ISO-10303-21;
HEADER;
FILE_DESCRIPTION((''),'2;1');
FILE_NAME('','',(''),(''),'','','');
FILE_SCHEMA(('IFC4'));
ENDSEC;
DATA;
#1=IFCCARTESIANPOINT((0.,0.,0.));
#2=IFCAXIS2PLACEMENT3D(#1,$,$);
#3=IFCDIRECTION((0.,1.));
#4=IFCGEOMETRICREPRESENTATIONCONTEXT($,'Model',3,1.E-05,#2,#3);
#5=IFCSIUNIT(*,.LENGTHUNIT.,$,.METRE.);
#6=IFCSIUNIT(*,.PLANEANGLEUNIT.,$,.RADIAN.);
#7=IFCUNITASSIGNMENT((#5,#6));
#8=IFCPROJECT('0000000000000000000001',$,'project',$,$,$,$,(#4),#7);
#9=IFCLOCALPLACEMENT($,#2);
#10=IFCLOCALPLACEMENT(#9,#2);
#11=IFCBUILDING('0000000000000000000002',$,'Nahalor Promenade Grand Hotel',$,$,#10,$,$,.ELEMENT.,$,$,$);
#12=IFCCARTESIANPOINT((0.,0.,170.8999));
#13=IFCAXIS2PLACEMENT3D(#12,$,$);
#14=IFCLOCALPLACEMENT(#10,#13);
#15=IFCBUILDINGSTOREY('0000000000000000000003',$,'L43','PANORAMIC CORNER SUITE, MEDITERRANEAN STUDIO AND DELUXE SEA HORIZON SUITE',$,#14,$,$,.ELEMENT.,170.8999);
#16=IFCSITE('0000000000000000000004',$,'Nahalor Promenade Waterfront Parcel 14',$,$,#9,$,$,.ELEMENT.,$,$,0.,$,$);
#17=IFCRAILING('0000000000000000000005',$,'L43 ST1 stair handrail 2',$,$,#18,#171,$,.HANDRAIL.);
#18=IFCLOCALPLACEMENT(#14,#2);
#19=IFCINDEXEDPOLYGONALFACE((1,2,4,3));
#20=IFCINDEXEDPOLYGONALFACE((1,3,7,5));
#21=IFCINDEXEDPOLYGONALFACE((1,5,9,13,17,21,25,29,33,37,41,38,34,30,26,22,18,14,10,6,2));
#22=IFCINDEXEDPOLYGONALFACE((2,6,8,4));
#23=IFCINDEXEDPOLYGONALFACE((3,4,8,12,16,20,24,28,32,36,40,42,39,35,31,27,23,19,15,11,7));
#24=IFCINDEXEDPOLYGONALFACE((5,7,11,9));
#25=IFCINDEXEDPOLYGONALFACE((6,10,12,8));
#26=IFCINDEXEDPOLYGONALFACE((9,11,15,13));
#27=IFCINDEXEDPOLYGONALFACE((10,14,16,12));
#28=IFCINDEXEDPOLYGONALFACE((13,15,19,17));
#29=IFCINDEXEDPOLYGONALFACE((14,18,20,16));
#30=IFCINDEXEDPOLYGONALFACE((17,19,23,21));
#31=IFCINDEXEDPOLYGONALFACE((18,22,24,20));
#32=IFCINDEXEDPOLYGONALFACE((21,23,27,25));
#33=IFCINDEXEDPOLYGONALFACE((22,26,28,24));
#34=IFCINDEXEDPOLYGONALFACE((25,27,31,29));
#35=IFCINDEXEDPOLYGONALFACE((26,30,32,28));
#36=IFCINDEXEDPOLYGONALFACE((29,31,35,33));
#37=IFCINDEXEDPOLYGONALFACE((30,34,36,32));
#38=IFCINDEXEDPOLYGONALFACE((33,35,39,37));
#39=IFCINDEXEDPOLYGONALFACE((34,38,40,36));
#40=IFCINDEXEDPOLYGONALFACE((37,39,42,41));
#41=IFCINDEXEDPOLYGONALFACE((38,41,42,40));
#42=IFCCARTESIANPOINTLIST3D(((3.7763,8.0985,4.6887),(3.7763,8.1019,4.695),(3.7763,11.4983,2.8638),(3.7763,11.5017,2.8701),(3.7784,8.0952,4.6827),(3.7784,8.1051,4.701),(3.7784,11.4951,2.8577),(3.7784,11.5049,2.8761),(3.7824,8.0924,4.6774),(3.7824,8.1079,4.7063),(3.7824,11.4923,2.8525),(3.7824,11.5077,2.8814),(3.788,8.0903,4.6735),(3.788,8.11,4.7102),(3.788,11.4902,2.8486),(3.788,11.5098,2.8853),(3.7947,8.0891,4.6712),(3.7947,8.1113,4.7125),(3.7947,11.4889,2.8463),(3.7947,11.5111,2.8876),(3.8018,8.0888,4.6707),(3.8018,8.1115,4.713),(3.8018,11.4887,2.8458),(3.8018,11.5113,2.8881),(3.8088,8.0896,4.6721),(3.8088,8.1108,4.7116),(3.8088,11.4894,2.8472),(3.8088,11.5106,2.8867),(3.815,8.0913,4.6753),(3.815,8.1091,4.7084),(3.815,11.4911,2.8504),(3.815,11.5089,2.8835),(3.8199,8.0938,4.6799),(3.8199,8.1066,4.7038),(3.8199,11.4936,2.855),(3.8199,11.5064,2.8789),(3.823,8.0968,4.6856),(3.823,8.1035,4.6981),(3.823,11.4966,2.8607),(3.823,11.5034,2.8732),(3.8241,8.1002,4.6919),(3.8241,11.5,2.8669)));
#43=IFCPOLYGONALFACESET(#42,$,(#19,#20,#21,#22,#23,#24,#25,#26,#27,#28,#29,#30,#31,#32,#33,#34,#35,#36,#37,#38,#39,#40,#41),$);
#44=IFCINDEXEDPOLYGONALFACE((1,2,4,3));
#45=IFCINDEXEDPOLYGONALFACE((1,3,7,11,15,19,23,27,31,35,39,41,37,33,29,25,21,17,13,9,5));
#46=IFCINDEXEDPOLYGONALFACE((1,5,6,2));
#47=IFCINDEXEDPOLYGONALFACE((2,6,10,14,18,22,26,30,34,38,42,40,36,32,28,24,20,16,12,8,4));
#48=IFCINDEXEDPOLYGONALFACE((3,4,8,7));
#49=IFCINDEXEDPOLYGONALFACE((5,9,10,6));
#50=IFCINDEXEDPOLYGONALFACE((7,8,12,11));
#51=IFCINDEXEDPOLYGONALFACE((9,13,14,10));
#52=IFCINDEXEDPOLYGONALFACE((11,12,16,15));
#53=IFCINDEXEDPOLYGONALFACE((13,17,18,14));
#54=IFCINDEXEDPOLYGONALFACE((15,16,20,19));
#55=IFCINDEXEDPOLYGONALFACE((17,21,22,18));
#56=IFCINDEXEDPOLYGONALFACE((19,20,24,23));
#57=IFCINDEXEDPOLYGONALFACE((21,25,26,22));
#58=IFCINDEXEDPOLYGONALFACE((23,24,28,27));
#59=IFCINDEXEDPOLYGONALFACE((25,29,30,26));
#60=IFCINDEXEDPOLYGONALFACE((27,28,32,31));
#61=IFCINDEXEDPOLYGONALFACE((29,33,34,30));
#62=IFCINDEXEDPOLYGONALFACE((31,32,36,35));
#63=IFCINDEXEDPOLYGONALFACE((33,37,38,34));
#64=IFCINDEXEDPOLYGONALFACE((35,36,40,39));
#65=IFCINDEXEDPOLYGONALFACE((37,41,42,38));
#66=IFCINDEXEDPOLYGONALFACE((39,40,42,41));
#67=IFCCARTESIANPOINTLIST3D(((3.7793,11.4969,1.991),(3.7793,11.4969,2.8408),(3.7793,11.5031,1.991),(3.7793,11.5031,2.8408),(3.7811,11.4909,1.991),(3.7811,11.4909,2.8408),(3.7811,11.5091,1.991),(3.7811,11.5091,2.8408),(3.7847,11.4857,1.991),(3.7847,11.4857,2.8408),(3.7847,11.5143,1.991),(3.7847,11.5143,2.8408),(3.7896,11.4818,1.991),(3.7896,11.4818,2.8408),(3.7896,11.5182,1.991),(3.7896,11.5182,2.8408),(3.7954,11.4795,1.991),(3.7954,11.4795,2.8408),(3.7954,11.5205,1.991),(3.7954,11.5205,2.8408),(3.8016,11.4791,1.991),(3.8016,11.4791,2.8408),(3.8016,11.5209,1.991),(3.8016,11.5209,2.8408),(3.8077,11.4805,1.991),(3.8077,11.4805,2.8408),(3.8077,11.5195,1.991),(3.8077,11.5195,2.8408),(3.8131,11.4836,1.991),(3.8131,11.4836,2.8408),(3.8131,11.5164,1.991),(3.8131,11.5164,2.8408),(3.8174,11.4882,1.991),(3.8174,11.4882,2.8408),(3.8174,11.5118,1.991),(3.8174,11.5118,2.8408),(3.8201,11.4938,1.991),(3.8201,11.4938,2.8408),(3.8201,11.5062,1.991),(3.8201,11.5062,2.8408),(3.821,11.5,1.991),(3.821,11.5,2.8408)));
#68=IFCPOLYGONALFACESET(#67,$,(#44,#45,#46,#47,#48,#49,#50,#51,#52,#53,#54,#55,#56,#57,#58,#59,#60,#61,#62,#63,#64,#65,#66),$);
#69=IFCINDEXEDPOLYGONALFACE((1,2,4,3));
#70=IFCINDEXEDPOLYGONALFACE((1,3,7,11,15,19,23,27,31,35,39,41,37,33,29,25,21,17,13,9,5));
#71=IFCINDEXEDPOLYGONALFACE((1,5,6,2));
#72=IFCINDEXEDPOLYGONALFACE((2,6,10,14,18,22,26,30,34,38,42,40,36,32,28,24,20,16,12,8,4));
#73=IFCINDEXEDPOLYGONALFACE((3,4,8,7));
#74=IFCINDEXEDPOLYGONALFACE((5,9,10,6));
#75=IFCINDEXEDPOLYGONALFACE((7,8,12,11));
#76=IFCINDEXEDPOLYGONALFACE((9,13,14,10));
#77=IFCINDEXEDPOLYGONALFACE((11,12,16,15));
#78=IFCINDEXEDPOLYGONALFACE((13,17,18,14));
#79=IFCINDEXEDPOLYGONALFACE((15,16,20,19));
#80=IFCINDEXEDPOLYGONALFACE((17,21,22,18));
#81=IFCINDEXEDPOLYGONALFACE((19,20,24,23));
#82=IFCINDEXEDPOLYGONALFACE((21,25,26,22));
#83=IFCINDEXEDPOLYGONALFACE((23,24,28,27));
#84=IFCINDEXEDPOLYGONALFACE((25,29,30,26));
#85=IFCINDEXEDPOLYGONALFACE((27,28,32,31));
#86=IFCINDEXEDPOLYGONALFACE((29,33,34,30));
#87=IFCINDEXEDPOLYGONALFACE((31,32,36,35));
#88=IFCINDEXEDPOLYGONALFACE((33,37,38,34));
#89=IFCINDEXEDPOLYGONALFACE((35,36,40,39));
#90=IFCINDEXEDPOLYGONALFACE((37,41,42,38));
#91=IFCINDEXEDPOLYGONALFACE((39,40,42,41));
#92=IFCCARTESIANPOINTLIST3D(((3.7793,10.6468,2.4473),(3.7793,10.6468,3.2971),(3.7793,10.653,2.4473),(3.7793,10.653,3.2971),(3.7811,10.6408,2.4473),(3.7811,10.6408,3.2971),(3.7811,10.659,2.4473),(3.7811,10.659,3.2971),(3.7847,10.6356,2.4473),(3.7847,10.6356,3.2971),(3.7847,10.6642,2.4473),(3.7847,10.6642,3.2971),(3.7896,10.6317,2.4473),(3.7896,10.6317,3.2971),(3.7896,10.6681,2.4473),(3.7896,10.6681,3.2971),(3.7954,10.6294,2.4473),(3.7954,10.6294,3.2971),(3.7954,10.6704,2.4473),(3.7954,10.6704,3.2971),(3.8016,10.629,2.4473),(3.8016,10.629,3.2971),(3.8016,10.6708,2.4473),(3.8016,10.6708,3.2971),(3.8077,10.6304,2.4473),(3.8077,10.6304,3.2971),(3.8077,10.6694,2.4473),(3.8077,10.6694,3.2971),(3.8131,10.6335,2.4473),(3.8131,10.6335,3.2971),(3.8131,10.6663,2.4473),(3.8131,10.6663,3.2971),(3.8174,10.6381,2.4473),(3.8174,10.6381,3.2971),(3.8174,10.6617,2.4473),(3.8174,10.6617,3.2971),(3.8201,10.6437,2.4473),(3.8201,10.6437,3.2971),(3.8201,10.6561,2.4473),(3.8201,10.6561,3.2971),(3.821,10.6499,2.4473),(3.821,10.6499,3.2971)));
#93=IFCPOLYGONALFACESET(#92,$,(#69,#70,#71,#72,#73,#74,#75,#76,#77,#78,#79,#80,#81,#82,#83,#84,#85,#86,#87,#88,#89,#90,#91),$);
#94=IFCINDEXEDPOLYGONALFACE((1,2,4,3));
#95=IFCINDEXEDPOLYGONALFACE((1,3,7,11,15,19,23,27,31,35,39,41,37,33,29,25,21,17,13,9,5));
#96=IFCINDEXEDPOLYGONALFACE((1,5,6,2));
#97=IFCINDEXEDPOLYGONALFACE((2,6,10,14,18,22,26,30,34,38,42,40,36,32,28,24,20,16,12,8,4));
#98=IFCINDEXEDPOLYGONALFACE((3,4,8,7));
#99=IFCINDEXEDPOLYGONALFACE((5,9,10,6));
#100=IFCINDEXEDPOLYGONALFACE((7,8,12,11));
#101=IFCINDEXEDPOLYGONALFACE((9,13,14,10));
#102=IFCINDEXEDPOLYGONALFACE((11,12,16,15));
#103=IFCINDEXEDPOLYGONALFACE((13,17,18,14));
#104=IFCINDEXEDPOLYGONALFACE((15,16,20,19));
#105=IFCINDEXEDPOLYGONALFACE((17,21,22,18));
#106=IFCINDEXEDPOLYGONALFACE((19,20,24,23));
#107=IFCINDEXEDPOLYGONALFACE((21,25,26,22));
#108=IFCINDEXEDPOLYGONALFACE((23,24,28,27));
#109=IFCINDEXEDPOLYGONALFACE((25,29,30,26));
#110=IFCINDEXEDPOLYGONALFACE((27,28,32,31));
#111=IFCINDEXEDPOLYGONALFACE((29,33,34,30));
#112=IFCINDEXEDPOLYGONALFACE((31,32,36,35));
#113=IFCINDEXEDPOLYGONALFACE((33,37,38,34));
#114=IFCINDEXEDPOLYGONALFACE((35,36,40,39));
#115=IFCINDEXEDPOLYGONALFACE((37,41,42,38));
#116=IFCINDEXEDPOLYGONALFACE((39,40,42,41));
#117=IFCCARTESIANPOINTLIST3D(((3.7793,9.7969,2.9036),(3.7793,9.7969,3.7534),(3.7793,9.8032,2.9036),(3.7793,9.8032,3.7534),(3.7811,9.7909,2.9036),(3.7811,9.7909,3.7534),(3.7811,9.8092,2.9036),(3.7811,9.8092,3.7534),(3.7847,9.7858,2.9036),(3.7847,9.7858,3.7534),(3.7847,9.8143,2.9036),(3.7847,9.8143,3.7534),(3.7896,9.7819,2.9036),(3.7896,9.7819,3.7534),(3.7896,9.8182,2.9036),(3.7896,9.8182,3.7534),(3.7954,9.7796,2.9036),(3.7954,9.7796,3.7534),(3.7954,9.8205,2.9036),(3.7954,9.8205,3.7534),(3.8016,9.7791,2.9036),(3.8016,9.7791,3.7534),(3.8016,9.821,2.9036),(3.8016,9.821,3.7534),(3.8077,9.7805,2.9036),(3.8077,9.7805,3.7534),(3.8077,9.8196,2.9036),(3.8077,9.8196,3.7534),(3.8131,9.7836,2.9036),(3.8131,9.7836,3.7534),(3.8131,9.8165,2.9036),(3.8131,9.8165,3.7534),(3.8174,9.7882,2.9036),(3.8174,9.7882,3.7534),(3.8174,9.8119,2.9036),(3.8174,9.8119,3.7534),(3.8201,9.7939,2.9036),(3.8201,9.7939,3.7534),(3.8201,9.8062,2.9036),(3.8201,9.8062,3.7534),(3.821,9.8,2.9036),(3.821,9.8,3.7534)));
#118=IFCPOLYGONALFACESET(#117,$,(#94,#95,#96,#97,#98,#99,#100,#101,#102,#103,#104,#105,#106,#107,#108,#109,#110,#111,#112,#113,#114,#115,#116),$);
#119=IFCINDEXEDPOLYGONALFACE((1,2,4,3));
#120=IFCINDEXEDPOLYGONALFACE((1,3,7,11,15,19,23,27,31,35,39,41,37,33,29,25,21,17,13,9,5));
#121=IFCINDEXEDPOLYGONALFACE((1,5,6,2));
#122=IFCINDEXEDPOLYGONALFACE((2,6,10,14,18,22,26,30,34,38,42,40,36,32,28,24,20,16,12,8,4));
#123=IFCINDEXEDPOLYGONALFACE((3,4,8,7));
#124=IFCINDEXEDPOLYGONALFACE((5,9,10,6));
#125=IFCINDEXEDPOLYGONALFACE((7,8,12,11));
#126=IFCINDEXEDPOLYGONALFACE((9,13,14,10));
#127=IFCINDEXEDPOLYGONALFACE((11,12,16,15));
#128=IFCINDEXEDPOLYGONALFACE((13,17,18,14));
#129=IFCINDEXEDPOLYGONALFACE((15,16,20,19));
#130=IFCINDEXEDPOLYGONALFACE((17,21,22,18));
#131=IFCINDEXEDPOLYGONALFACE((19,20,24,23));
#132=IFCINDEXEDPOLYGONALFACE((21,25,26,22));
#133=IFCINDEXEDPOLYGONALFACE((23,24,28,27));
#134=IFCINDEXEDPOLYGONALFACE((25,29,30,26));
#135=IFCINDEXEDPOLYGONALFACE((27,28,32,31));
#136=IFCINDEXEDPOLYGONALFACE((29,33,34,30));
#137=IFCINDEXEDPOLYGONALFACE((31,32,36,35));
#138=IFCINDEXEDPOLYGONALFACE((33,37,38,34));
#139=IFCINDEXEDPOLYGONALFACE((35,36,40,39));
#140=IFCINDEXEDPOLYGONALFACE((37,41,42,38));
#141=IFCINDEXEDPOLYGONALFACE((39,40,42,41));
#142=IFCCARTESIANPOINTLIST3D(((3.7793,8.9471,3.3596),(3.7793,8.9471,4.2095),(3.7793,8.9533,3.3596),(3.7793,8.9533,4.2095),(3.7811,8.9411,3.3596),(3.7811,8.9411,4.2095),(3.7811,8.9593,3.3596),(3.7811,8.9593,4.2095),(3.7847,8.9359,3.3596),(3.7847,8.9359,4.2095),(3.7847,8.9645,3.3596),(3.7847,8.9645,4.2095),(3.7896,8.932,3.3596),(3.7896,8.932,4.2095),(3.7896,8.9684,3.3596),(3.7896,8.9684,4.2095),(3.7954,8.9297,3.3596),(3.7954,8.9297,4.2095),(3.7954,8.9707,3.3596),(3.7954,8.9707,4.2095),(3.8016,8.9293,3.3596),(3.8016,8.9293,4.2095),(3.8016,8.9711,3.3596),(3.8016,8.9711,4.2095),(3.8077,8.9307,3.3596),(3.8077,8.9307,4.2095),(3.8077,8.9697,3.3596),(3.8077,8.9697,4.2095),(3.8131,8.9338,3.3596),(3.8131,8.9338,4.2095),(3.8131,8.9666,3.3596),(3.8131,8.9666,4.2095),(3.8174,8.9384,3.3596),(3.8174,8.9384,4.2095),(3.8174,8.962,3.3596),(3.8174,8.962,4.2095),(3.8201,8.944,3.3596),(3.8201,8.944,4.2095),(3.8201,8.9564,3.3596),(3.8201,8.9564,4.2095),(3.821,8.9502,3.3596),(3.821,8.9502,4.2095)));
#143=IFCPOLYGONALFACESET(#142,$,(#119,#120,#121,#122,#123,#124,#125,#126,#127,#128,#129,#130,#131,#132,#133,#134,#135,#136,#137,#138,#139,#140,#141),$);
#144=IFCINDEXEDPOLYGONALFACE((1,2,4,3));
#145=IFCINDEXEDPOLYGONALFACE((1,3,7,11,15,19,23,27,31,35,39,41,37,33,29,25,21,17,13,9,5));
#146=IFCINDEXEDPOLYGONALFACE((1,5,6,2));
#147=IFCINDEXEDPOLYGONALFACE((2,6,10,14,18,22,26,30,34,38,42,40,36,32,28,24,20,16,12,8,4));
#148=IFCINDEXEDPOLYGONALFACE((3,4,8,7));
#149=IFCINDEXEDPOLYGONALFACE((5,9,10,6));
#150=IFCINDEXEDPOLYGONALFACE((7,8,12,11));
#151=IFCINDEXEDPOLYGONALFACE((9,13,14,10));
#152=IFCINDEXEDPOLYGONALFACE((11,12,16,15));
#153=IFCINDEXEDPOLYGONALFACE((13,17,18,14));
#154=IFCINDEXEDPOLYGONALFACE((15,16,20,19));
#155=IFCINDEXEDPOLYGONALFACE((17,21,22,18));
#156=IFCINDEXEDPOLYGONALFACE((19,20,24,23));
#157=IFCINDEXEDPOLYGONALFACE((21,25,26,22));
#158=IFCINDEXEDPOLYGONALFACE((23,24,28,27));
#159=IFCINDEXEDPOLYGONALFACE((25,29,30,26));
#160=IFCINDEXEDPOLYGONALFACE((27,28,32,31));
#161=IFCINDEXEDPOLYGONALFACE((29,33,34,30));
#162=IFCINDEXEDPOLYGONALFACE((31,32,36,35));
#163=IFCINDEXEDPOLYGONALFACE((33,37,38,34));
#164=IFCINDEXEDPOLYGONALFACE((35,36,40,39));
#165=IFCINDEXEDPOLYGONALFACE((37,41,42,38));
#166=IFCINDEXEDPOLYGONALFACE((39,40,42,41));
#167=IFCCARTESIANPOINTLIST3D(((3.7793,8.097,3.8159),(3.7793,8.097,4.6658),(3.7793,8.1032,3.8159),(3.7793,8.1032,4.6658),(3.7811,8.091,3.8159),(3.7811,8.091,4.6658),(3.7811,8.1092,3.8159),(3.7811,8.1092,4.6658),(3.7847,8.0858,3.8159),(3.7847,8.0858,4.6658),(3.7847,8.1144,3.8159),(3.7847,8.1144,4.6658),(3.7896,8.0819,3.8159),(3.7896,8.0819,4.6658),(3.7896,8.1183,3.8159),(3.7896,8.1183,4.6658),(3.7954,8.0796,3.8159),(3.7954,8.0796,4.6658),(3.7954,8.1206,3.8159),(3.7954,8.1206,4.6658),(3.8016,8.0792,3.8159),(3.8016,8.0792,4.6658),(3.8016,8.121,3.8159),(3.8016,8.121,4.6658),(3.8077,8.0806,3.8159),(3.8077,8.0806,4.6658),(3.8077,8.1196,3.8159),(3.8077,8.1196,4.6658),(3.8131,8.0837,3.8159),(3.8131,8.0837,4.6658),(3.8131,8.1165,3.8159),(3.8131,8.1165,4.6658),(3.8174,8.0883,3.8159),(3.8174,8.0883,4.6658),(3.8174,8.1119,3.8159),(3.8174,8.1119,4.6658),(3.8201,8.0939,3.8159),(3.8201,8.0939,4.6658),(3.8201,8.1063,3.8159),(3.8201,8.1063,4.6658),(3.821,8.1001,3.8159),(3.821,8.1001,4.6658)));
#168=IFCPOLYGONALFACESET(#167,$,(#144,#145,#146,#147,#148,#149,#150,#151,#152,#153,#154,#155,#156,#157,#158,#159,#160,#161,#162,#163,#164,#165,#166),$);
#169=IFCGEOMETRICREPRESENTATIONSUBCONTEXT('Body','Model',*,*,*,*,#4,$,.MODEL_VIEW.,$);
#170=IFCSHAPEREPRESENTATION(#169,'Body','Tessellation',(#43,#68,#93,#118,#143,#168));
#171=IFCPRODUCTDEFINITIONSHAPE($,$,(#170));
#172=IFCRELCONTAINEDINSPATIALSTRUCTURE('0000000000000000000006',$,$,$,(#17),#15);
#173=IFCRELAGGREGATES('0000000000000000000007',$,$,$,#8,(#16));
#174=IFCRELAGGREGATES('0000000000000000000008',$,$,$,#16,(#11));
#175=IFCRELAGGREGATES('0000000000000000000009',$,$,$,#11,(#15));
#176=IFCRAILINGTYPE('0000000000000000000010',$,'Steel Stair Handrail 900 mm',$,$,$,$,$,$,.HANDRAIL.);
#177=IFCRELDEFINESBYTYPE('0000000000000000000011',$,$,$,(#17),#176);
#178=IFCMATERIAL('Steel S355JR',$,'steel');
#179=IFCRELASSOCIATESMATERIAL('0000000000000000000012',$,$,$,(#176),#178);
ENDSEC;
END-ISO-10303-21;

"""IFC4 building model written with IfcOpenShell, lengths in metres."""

from ifc_helpers import new_model, si_unit, direction, frame, origin, origin_2d, place, context, subcontext, project, spatial, circle, extrude, material, type_object, element, save


model = new_model("IFC4")

# Units and contexts
model_context = context("Model", 3, precision=1e-05, world=origin(), true_north=direction((0.0, 1.0)))
body_context = subcontext(model_context, "Body", "Model", "MODEL_VIEW")
ifc_project = project(units=[si_unit("LENGTHUNIT", "METRE"), si_unit("PLANEANGLEUNIT", "RADIAN")], contexts=[model_context])

# Site, building, storey
site_placement = place(None, origin())
site = spatial("IfcSite", under=ifc_project, at=site_placement, Name="Nahalor Promenade Waterfront Parcel 14", CompositionType="ELEMENT", RefElevation=0.0)
building_placement = place(site_placement, origin())
building = spatial("IfcBuilding", under=site, at=building_placement, Name="Nahalor Promenade Grand Hotel", CompositionType="ELEMENT")
storey_placement = place(building_placement, frame((0.0, 0.0, 170.8999)))
storey = spatial("IfcBuildingStorey", under=building, at=storey_placement, Name="L43", Description="PANORAMIC CORNER SUITE, MEDITERRANEAN STUDIO AND DELUXE SEA HORIZON SUITE", CompositionType="ELEMENT", Elevation=170.8999)

# Shared definitions
ifc_material_1 = material(Name="Steel S355JR", Category="steel")

# Railing
railing_type_1 = type_object("IfcRailingType", Name="Steel Stair Handrail 900 mm", PredefinedType="HANDRAIL", material=ifc_material_1)
railing_1_placement = place(storey_placement, frame((3.8, 11.5, 1.991)))
element("IfcRailing", 1, at=railing_1_placement, inside=storey, type_object=railing_type_1, Name="L43 ST1 stair handrail 2", PredefinedType="HANDRAIL", context=body_context, shape_type="SweptSolid", body=[
    extrude(circle(Radius=0.024, at=origin_2d()), frame((0.0, 0.0, 0.876), z_axis=(0.0, -0.881094, 0.472941), x_axis=(1.0, 0.0, 0.0)), (0.0, 0.0, 1.0), 3.8586),
    extrude(circle(Radius=0.021, at=origin_2d()), origin(), (0.0, 0.0, 1.0), 0.8499),
    extrude(circle(Radius=0.021, at=origin_2d()), frame((0.0, -0.8501, 0.4563)), (0.0, 0.0, 1.0), 0.8499),
    extrude(circle(Radius=0.021, at=origin_2d()), frame((0.0, -1.7, 0.9126)), (0.0, 0.0, 1.0), 0.8499),
    extrude(circle(Radius=0.021, at=origin_2d()), frame((0.0, -2.5498, 1.3687)), (0.0, 0.0, 1.0), 0.8499),
    extrude(circle(Radius=0.021, at=origin_2d()), frame((0.0, -3.3999, 1.825)), (0.0, 0.0, 1.0), 0.8499),
])

save(model, "model.ifc")
